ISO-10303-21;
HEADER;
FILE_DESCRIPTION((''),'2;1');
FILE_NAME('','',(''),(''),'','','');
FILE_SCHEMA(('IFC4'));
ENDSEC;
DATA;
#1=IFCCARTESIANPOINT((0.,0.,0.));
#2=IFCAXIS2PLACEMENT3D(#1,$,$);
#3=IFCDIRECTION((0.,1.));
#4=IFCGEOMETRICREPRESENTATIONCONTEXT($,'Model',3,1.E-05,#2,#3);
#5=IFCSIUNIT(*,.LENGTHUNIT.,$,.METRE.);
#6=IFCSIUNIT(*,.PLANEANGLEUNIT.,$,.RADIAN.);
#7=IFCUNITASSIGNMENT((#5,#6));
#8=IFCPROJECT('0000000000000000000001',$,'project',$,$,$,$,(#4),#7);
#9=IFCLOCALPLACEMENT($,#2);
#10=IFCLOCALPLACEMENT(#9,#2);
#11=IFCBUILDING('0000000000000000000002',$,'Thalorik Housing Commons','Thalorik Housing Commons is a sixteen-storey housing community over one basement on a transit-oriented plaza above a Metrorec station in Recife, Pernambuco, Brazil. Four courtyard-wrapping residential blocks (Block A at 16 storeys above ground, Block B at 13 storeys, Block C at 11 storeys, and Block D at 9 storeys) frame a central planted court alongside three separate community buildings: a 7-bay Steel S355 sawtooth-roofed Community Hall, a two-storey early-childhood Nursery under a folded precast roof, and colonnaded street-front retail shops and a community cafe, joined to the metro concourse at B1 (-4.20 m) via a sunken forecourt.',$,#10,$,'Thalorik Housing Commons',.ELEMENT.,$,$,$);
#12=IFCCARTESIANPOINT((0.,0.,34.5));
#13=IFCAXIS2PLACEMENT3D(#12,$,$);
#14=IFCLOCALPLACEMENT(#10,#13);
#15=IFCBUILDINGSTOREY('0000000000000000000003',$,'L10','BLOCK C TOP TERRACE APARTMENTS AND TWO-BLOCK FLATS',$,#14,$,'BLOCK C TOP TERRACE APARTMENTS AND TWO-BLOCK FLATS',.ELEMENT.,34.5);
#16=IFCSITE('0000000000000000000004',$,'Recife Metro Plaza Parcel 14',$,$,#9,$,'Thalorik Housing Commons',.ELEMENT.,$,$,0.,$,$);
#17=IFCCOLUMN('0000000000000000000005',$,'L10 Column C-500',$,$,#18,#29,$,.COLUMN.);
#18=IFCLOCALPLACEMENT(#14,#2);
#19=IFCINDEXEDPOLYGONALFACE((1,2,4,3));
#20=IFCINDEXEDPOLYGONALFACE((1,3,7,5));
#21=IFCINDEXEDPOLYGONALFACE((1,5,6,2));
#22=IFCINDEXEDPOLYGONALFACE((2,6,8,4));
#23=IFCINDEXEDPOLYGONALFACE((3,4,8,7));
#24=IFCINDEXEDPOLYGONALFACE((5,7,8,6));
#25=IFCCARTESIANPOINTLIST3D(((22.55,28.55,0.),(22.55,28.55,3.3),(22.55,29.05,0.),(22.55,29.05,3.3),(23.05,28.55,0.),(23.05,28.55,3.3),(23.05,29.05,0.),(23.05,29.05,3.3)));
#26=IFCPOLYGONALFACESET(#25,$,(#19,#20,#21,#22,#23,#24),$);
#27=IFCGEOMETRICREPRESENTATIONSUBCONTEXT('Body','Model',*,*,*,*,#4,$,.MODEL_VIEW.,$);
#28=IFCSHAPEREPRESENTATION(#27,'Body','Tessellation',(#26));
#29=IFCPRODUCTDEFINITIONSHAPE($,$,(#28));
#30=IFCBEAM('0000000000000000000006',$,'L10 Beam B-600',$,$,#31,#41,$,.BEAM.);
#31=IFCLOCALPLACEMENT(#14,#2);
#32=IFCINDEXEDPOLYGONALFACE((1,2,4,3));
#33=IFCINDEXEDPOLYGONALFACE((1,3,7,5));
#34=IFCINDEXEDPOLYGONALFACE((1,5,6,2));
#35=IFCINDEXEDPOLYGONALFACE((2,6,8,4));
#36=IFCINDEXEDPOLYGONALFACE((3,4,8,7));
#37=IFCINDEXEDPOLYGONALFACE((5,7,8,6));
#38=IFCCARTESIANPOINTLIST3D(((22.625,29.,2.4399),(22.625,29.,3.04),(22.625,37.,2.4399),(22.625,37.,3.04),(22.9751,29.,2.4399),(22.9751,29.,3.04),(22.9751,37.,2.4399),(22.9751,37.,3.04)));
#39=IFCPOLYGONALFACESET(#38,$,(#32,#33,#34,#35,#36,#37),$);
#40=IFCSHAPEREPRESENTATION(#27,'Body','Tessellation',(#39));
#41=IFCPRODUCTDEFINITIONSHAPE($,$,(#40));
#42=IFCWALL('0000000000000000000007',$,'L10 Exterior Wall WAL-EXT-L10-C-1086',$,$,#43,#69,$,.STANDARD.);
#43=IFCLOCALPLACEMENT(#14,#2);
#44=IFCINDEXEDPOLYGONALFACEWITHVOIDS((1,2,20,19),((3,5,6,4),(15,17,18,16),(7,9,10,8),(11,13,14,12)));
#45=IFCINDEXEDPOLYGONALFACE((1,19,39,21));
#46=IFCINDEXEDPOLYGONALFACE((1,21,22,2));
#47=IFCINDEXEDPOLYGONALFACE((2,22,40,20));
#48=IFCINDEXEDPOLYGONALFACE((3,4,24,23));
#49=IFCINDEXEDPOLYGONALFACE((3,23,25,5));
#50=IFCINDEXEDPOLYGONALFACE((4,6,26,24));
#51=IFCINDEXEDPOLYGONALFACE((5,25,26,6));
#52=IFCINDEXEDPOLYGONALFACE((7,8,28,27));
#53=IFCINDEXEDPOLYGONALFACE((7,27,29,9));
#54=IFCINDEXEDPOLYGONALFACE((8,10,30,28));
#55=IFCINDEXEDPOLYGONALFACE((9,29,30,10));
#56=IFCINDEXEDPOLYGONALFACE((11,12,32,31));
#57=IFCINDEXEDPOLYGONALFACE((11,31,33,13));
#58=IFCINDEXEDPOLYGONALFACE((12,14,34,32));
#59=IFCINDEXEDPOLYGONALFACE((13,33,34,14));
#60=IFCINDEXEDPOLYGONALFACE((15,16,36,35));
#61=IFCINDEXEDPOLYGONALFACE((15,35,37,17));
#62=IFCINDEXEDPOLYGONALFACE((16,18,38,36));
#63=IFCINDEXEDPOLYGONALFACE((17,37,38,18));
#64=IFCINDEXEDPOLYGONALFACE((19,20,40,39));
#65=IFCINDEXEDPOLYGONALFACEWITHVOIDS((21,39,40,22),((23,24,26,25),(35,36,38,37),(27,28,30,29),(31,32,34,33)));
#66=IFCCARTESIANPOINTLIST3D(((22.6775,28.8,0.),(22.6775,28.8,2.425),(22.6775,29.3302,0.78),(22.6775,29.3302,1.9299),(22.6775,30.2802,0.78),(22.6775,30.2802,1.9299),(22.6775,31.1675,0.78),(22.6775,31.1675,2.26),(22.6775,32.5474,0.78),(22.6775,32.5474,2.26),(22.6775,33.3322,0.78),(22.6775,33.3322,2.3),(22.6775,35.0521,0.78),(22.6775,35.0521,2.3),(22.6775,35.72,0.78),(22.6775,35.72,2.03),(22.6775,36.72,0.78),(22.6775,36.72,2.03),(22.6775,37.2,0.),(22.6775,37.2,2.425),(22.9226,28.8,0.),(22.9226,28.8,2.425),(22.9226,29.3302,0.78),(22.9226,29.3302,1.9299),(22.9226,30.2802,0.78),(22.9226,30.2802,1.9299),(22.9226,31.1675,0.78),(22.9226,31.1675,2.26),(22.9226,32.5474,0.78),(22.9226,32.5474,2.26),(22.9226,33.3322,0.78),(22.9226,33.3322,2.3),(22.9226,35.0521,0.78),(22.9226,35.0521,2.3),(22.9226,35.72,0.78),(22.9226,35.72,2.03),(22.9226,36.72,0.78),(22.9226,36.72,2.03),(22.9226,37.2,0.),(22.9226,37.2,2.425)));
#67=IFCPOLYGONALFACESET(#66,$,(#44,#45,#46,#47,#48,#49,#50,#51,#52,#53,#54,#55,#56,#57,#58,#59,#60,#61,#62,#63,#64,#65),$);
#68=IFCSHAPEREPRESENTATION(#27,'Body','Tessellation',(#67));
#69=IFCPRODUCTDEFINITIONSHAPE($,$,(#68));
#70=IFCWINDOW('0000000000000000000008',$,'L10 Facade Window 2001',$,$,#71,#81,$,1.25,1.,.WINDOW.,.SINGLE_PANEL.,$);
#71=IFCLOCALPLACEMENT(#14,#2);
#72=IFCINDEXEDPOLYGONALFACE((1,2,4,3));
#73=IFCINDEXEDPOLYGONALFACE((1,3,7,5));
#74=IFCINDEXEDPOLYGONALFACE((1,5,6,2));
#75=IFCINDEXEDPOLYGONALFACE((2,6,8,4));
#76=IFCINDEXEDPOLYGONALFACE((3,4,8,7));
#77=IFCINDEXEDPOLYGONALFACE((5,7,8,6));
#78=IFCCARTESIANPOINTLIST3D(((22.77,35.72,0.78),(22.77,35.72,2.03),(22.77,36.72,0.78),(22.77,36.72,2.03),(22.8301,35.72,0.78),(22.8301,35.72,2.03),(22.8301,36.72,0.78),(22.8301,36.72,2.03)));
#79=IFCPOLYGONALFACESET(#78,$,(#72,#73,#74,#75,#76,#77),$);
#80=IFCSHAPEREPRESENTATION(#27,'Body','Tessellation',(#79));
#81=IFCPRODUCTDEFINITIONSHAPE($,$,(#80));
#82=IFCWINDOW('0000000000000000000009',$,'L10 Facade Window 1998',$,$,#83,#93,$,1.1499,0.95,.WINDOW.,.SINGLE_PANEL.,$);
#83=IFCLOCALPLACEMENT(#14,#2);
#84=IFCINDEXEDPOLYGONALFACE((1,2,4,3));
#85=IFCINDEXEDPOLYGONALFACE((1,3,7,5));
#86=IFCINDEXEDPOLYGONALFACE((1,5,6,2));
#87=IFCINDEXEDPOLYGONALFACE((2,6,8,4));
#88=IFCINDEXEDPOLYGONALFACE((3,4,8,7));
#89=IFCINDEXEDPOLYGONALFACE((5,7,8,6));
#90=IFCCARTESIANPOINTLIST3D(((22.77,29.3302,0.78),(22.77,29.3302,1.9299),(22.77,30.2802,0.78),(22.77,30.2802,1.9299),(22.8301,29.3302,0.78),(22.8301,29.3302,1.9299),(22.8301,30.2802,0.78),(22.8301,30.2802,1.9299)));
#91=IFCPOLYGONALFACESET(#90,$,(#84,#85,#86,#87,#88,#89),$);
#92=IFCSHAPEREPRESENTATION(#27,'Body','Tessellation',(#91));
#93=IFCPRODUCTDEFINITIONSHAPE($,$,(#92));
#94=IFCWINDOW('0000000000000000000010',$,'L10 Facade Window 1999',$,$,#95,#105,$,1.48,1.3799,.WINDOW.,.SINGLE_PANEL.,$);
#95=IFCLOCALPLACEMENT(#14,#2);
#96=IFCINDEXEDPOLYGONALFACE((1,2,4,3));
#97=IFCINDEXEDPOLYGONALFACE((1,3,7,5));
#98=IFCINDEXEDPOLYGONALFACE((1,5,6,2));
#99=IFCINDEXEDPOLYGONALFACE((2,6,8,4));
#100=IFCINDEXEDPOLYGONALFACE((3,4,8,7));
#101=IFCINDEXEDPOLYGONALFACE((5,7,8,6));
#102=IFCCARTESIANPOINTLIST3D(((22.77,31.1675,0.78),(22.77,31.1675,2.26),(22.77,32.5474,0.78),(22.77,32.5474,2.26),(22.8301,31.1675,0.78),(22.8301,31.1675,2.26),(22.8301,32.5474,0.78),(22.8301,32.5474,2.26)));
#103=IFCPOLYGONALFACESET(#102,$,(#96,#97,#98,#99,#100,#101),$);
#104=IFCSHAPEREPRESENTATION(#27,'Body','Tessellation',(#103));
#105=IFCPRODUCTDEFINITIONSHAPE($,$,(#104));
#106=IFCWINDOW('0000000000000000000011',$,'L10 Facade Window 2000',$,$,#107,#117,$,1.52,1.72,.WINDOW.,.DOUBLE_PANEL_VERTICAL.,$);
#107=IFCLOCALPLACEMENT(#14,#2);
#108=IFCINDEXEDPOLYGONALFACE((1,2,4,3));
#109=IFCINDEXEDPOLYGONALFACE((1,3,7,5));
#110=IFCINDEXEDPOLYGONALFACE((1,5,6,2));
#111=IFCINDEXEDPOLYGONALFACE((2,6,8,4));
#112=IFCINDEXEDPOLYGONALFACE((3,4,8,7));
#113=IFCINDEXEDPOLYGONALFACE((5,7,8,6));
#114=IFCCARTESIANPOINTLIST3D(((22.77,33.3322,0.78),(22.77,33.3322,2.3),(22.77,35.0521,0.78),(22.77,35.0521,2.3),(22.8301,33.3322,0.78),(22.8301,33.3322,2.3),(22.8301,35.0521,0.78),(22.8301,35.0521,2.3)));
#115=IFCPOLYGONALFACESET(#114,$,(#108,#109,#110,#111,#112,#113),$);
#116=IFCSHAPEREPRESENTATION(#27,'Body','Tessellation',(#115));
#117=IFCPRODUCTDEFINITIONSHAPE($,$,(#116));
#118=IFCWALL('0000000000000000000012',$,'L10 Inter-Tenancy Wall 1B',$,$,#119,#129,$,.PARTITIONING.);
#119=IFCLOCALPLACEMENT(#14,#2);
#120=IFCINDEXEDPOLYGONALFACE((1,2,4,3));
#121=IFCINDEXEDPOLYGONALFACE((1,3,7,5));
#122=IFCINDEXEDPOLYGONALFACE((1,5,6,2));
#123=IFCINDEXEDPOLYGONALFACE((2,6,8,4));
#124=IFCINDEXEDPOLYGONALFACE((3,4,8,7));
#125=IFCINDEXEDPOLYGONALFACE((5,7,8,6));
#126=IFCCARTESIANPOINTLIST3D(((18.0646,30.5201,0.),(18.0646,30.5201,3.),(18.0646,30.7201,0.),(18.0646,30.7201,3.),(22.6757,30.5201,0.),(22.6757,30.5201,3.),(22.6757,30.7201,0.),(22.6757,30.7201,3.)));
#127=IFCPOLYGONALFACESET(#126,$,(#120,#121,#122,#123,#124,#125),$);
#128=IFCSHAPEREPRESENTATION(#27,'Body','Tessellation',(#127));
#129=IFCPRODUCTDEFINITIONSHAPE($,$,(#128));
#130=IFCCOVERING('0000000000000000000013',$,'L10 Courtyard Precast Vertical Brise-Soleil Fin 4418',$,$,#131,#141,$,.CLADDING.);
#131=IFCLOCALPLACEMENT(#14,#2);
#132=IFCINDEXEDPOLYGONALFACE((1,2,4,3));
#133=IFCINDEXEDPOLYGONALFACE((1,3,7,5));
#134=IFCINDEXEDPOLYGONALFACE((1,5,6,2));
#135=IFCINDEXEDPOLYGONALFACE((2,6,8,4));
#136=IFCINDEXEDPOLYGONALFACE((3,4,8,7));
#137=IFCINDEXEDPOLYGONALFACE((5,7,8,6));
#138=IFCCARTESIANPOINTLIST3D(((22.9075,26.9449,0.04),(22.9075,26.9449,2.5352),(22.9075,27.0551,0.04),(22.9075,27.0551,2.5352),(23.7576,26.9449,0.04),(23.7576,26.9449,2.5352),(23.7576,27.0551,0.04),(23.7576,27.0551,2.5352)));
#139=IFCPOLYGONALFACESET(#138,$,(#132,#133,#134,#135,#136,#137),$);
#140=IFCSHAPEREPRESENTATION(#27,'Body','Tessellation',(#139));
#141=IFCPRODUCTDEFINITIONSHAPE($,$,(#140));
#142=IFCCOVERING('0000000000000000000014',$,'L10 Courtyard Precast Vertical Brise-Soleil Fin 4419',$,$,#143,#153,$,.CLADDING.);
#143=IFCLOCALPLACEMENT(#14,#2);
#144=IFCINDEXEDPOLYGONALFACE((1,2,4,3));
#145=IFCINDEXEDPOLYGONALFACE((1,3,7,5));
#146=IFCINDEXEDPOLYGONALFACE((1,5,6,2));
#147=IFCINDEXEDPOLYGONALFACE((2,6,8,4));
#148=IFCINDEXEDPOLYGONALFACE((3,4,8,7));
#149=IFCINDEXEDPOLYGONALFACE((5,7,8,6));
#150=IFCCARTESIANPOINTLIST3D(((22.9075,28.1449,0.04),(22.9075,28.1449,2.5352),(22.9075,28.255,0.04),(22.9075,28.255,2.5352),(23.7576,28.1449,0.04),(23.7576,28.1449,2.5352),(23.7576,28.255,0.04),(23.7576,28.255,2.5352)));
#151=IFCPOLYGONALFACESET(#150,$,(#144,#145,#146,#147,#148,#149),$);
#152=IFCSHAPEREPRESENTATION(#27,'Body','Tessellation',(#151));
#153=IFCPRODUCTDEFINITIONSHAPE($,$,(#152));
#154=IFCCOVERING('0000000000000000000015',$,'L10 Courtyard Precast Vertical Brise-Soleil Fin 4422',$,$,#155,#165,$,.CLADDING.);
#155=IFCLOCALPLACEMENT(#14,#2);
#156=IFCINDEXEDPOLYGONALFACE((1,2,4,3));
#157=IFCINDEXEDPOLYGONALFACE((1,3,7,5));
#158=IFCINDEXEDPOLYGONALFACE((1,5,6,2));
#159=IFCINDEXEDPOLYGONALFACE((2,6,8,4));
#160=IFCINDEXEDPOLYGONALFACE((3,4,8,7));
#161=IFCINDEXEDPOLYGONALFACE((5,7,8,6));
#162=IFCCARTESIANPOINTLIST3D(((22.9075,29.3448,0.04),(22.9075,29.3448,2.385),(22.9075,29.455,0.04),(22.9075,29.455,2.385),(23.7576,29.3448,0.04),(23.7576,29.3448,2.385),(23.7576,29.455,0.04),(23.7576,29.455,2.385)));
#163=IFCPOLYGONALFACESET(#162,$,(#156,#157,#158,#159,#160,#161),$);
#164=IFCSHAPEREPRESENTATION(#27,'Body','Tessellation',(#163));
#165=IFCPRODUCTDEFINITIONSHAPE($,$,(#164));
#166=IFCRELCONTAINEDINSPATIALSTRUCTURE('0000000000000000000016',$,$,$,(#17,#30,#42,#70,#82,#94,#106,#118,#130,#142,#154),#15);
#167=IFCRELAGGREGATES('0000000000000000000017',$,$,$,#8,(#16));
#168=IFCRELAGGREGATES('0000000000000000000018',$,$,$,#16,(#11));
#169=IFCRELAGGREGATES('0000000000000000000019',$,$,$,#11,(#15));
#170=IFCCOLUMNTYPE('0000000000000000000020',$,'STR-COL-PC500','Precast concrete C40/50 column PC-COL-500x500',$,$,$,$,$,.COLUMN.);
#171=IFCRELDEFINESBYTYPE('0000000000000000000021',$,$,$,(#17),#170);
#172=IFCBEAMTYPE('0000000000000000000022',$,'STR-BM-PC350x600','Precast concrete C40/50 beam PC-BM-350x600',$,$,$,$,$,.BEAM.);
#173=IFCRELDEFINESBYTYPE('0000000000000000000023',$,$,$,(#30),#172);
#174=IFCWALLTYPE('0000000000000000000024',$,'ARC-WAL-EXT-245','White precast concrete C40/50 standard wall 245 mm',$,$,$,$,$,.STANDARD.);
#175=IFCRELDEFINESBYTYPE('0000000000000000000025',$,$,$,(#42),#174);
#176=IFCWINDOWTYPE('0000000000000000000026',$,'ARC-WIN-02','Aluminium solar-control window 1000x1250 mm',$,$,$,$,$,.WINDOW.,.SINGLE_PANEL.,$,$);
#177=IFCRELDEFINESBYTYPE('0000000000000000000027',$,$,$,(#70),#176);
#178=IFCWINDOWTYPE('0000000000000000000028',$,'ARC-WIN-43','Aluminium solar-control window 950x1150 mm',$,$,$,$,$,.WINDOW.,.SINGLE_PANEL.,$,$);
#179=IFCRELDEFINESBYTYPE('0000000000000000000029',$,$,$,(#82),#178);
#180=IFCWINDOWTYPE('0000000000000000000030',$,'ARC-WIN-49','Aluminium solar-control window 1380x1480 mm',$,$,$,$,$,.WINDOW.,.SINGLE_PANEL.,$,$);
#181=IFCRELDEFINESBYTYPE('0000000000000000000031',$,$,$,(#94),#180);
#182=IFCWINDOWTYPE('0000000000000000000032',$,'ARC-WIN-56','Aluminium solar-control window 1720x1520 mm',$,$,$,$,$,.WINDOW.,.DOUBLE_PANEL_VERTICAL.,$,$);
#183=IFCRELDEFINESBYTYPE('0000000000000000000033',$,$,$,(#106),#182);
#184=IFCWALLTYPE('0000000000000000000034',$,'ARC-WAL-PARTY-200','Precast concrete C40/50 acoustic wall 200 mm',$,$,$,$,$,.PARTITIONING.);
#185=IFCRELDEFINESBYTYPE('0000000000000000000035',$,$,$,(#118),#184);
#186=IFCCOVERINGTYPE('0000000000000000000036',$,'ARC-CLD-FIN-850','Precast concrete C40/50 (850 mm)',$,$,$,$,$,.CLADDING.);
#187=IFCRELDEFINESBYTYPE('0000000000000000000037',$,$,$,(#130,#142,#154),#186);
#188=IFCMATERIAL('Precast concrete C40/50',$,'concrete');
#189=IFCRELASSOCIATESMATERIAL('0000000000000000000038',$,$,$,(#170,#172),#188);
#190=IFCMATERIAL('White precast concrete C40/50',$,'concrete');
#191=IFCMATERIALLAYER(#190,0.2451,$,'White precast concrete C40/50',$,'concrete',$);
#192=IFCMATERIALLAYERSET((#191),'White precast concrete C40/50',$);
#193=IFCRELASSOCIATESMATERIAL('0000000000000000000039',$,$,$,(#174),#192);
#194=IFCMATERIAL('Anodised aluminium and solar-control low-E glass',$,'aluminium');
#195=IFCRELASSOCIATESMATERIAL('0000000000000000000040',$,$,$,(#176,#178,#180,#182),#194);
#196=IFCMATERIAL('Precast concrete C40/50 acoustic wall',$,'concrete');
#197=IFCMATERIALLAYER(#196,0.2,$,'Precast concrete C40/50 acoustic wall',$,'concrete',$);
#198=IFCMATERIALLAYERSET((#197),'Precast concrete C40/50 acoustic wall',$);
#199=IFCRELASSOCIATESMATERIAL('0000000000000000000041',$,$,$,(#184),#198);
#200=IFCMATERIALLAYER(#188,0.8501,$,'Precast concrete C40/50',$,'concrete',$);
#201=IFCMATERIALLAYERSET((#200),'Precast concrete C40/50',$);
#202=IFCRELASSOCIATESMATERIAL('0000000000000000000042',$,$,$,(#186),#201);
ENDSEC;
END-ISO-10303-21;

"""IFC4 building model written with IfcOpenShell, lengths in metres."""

from ifc_helpers import new_model, si_unit, direction, frame, frame_2d, origin, origin_2d, place, context, subcontext, project, spatial, rectangle, extrude, material, layer, layer_set, material_profile, profile_set, type_object, element, fill, save


model = new_model("IFC4")

# Units and contexts
model_context = context("Model", 3, precision=1e-05, world=origin(), true_north=direction((0.0, 1.0)))
body_context = subcontext(model_context, "Body", "Model", "MODEL_VIEW")
ifc_project = project(units=[si_unit("LENGTHUNIT", "METRE"), si_unit("PLANEANGLEUNIT", "RADIAN")], contexts=[model_context])

# Site, building, storey
site_placement = place(None, origin())
site = spatial("IfcSite", under=ifc_project, at=site_placement, Name="Recife Metro Plaza Parcel 14", LongName="Thalorik Housing Commons", CompositionType="ELEMENT", RefElevation=0.0)
building_placement = place(site_placement, origin())
building = spatial("IfcBuilding", under=site, at=building_placement, Name="Thalorik Housing Commons", Description="Thalorik Housing Commons is a sixteen-storey housing community over one basement on a transit-oriented plaza above a Metrorec station in Recife, Pernambuco, Brazil. Four courtyard-wrapping residential blocks (Block A at 16 storeys above ground, Block B at 13 storeys, Block C at 11 storeys, and Block D at 9 storeys) frame a central planted court alongside three separate community buildings: a 7-bay Steel S355 sawtooth-roofed Community Hall, a two-storey early-childhood Nursery under a folded precast roof, and colonnaded street-front retail shops and a community cafe, joined to the metro concourse at B1 (-4.20 m) via a sunken forecourt.", LongName="Thalorik Housing Commons", CompositionType="ELEMENT")
storey_placement = place(building_placement, frame((0.0, 0.0, 34.5)))
storey = spatial("IfcBuildingStorey", under=building, at=storey_placement, Name="L10", Description="BLOCK C TOP TERRACE APARTMENTS AND TWO-BLOCK FLATS", LongName="BLOCK C TOP TERRACE APARTMENTS AND TWO-BLOCK FLATS", CompositionType="ELEMENT", Elevation=34.5)

# Column
ifc_material_1 = material(Name="Precast concrete C40/50", Category="concrete")
ifc_material_profile_1 = material_profile(ifc_material_1, rectangle(XDim=0.5, YDim=0.5, at=origin_2d()), Name="PC 500x500", Category="concrete")
ifc_profile_set_1 = profile_set([ifc_material_profile_1], Name="Precast concrete C40/50")
column_type = type_object("IfcColumnType", Name="STR-COL-PC500", Description="Precast concrete C40/50 column PC-COL-500x500", PredefinedType="COLUMN", material=ifc_profile_set_1)
column_placement = place(storey_placement, frame((22.8, 28.8, 0.0), z_axis=(0.0, 0.0, 1.0), x_axis=(1.0, 0.0, 0.0)))
element("IfcColumn", 1, at=column_placement, inside=storey, type_object=column_type, Name="L10 Column C-500", PredefinedType="COLUMN", context=body_context, shape_type="SweptSolid", body=[
    extrude(rectangle(XDim=0.5, YDim=0.5, at=origin_2d()), origin(), (0.0, 0.0, 1.0), 3.3),
])

# Beam
ifc_material_profile_2 = material_profile(ifc_material_1, rectangle(XDim=0.3501, YDim=0.6001, at=origin_2d()), Name="PC 350x600", Category="concrete")
ifc_profile_set_2 = profile_set([ifc_material_profile_2], Name="Precast concrete C40/50")
beam_type = type_object("IfcBeamType", Name="STR-BM-PC350x600", Description="Precast concrete C40/50 beam PC-BM-350x600", PredefinedType="BEAM", material=ifc_profile_set_2)
beam_placement = place(storey_placement, frame((22.8, 29.0, 2.74), z_axis=(0.0, 1.0, 0.0), x_axis=(-1.0, 0.0, 0.0)))
element("IfcBeam", 2, at=beam_placement, inside=storey, type_object=beam_type, Name="L10 Beam B-600", PredefinedType="BEAM", context=body_context, shape_type="SweptSolid", body=[
    extrude(rectangle(XDim=0.3501, YDim=0.6001, at=origin_2d()), origin(), (0.0, 0.0, 1.0), 8.0),
])

# Wall, openings, windows
ifc_material_2 = material(Name="White precast concrete C40/50", Category="concrete")
ifc_layer_1 = layer(ifc_material_2, 0.2451, Name="White precast concrete C40/50", Category="concrete")
ifc_layer_set_1 = layer_set([ifc_layer_1], Name="White precast concrete C40/50")
wall_type_1 = type_object("IfcWallType", Name="ARC-WAL-EXT-245", Description="White precast concrete C40/50 standard wall 245 mm", PredefinedType="STANDARD", material=ifc_layer_set_1)
wall_1_placement = place(storey_placement, frame((22.8, 28.8, 0.0), z_axis=(0.0, 0.0, 1.0), x_axis=(0.0, 1.0, 0.0)))
wall_1 = element("IfcWall", 3, at=wall_1_placement, inside=storey, type_object=wall_type_1, Name="L10 Exterior Wall WAL-EXT-L10-C-1086", PredefinedType="STANDARD", context=body_context, shape_type="SweptSolid", body=[
    extrude(rectangle(XDim=8.3999, YDim=0.2451, at=frame_2d((4.2, 0.0))), origin(), (0.0, 0.0, 1.0), 2.425),
])
opening_1_placement = place(wall_1_placement, frame((0.53, 0.0, 0.78)))
opening_1 = element("IfcOpeningElement", 4, at=opening_1_placement, cuts=wall_1, PredefinedType="OPENING", context=body_context, shape_type="SweptSolid", body=[
    extrude(rectangle(XDim=0.95, YDim=1.1499, at=frame_2d((0.4751, 0.575))), frame((0.0, 0.1326, 0.0), z_axis=(0.0, -1.0, 0.0), x_axis=(1.0, 0.0, 0.0)), (0.0, 0.0, 1.0), 0.2651),
])
opening_2_placement = place(wall_1_placement, frame((2.3674, 0.0, 0.78)))
opening_2 = element("IfcOpeningElement", 5, at=opening_2_placement, cuts=wall_1, PredefinedType="OPENING", context=body_context, shape_type="SweptSolid", body=[
    extrude(rectangle(XDim=1.3799, YDim=1.48, at=frame_2d((0.6899, 0.74))), frame((0.0, 0.1326, 0.0), z_axis=(0.0, -1.0, 0.0), x_axis=(1.0, 0.0, 0.0)), (0.0, 0.0, 1.0), 0.2651),
])
opening_3_placement = place(wall_1_placement, frame((4.5322, 0.0, 0.78)))
opening_3 = element("IfcOpeningElement", 6, at=opening_3_placement, cuts=wall_1, PredefinedType="OPENING", context=body_context, shape_type="SweptSolid", body=[
    extrude(rectangle(XDim=1.72, YDim=1.52, at=frame_2d((0.8599, 0.76))), frame((0.0, 0.1326, 0.0), z_axis=(0.0, -1.0, 0.0), x_axis=(1.0, 0.0, 0.0)), (0.0, 0.0, 1.0), 0.2651),
])
opening_4_placement = place(wall_1_placement, frame((6.9199, 0.0, 0.78)))
opening_4 = element("IfcOpeningElement", 7, at=opening_4_placement, cuts=wall_1, PredefinedType="OPENING", context=body_context, shape_type="SweptSolid", body=[
    extrude(rectangle(XDim=1.0, YDim=1.25, at=frame_2d((0.5, 0.625))), frame((0.0, 0.1326, 0.0), z_axis=(0.0, -1.0, 0.0), x_axis=(1.0, 0.0, 0.0)), (0.0, 0.0, 1.0), 0.2651),
])
ifc_material_3 = material(Name="Anodised aluminium and solar-control low-E glass", Category="aluminium")
window_type_1 = type_object("IfcWindowType", Name="ARC-WIN-02", Description="Aluminium solar-control window 1000x1250 mm", PartitioningType="SINGLE_PANEL", PredefinedType="WINDOW", material=ifc_material_3)
window_1_placement = place(opening_4_placement, origin())
window_1 = element("IfcWindow", 8, at=window_1_placement, inside=storey, type_object=window_type_1, Name="L10 Facade Window 2001", OverallHeight=1.25, OverallWidth=1.0, PartitioningType="SINGLE_PANEL", PredefinedType="WINDOW", context=body_context, shape_type="SweptSolid", body=[
    extrude(rectangle(XDim=1.0, YDim=1.25, at=frame_2d((0.5, 0.625))), frame((0.0, 0.03, 0.0), z_axis=(0.0, -1.0, 0.0), x_axis=(1.0, 0.0, 0.0)), (0.0, 0.0, 1.0), 0.0601),
])
fill(opening_4, window_1)
window_type_2 = type_object("IfcWindowType", Name="ARC-WIN-43", Description="Aluminium solar-control window 950x1150 mm", PartitioningType="SINGLE_PANEL", PredefinedType="WINDOW", material=ifc_material_3)
window_2_placement = place(opening_1_placement, origin())
window_2 = element("IfcWindow", 9, at=window_2_placement, inside=storey, type_object=window_type_2, Name="L10 Facade Window 1998", OverallHeight=1.1499, OverallWidth=0.95, PartitioningType="SINGLE_PANEL", PredefinedType="WINDOW", context=body_context, shape_type="SweptSolid", body=[
    extrude(rectangle(XDim=0.95, YDim=1.1499, at=frame_2d((0.4751, 0.575))), frame((0.0, 0.03, 0.0), z_axis=(0.0, -1.0, 0.0), x_axis=(1.0, 0.0, 0.0)), (0.0, 0.0, 1.0), 0.0601),
])
fill(opening_1, window_2)
window_type_3 = type_object("IfcWindowType", Name="ARC-WIN-49", Description="Aluminium solar-control window 1380x1480 mm", PartitioningType="SINGLE_PANEL", PredefinedType="WINDOW", material=ifc_material_3)
window_3_placement = place(opening_2_placement, origin())
window_3 = element("IfcWindow", 10, at=window_3_placement, inside=storey, type_object=window_type_3, Name="L10 Facade Window 1999", OverallHeight=1.48, OverallWidth=1.3799, PartitioningType="SINGLE_PANEL", PredefinedType="WINDOW", context=body_context, shape_type="SweptSolid", body=[
    extrude(rectangle(XDim=1.3799, YDim=1.48, at=frame_2d((0.6899, 0.74))), frame((0.0, 0.03, 0.0), z_axis=(0.0, -1.0, 0.0), x_axis=(1.0, 0.0, 0.0)), (0.0, 0.0, 1.0), 0.0601),
])
fill(opening_2, window_3)
window_type_4 = type_object("IfcWindowType", Name="ARC-WIN-56", Description="Aluminium solar-control window 1720x1520 mm", PartitioningType="DOUBLE_PANEL_VERTICAL", PredefinedType="WINDOW", material=ifc_material_3)
window_4_placement = place(opening_3_placement, origin())
window_4 = element("IfcWindow", 11, at=window_4_placement, inside=storey, type_object=window_type_4, Name="L10 Facade Window 2000", OverallHeight=1.52, OverallWidth=1.72, PartitioningType="DOUBLE_PANEL_VERTICAL", PredefinedType="WINDOW", context=body_context, shape_type="SweptSolid", body=[
    extrude(rectangle(XDim=1.72, YDim=1.52, at=frame_2d((0.8599, 0.76))), frame((0.0, 0.03, 0.0), z_axis=(0.0, -1.0, 0.0), x_axis=(1.0, 0.0, 0.0)), (0.0, 0.0, 1.0), 0.0601),
])
fill(opening_3, window_4)

# Wall
ifc_material_4 = material(Name="Precast concrete C40/50 acoustic wall", Category="concrete")
ifc_layer_2 = layer(ifc_material_4, 0.2, Name="Precast concrete C40/50 acoustic wall", Category="concrete")
ifc_layer_set_2 = layer_set([ifc_layer_2], Name="Precast concrete C40/50 acoustic wall")
wall_type_2 = type_object("IfcWallType", Name="ARC-WAL-PARTY-200", Description="Precast concrete C40/50 acoustic wall 200 mm", PredefinedType="PARTITIONING", material=ifc_layer_set_2)
wall_2_placement = place(storey_placement, frame((18.0645, 30.6201, 0.0), z_axis=(0.0, 0.0, 1.0), x_axis=(1.0, 0.0, 0.0)))
element("IfcWall", 12, at=wall_2_placement, inside=storey, type_object=wall_type_2, Name="L10 Inter-Tenancy Wall 1B", PredefinedType="PARTITIONING", context=body_context, shape_type="SweptSolid", body=[
    extrude(rectangle(XDim=4.6111, YDim=0.2, at=frame_2d((2.3057, 0.0))), origin(), (0.0, 0.0, 1.0), 3.0),
])

# Coverings
ifc_layer_3 = layer(ifc_material_1, 0.8501, Name="Precast concrete C40/50", Category="concrete")
ifc_layer_set_3 = layer_set([ifc_layer_3], Name="Precast concrete C40/50")
covering_type_1 = type_object("IfcCoveringType", Name="ARC-CLD-FIN-850", Description="Precast concrete C40/50 (850 mm)", PredefinedType="CLADDING", material=ifc_layer_set_3)
for number, where, z_axis, x_axis, name in (
    (13, (23.3325, 27.0, 0.04), (0.0, 0.0, 1.0), (0.0, 1.0, 0.0), "L10 Courtyard Precast Vertical Brise-Soleil Fin 4418"),
    (14, (23.3325, 28.2, 0.04), (0.0, 0.0, 1.0), (0.0, 1.0, 0.0), "L10 Courtyard Precast Vertical Brise-Soleil Fin 4419"),
):
    element("IfcCovering", number, at=place(storey_placement, frame(where, z_axis=z_axis, x_axis=x_axis)), inside=storey, type_object=covering_type_1, Name=name, PredefinedType="CLADDING", context=body_context, shape_type="SweptSolid", body=[
        extrude(rectangle(XDim=0.1101, YDim=0.8501, at=origin_2d()), origin(), (0.0, 0.0, 1.0), 2.4951),
    ])
for number, where, z_axis, x_axis, name in (
    (15, (23.3325, 29.3999, 0.04), (0.0, 0.0, 1.0), (0.0, 1.0, 0.0), "L10 Courtyard Precast Vertical Brise-Soleil Fin 4422"),
):
    element("IfcCovering", number, at=place(storey_placement, frame(where, z_axis=z_axis, x_axis=x_axis)), inside=storey, type_object=covering_type_1, Name=name, PredefinedType="CLADDING", context=body_context, shape_type="SweptSolid", body=[
        extrude(rectangle(XDim=0.1101, YDim=0.8501, at=origin_2d()), origin(), (0.0, 0.0, 1.0), 2.345),
    ])

save(model, "model.ifc")
